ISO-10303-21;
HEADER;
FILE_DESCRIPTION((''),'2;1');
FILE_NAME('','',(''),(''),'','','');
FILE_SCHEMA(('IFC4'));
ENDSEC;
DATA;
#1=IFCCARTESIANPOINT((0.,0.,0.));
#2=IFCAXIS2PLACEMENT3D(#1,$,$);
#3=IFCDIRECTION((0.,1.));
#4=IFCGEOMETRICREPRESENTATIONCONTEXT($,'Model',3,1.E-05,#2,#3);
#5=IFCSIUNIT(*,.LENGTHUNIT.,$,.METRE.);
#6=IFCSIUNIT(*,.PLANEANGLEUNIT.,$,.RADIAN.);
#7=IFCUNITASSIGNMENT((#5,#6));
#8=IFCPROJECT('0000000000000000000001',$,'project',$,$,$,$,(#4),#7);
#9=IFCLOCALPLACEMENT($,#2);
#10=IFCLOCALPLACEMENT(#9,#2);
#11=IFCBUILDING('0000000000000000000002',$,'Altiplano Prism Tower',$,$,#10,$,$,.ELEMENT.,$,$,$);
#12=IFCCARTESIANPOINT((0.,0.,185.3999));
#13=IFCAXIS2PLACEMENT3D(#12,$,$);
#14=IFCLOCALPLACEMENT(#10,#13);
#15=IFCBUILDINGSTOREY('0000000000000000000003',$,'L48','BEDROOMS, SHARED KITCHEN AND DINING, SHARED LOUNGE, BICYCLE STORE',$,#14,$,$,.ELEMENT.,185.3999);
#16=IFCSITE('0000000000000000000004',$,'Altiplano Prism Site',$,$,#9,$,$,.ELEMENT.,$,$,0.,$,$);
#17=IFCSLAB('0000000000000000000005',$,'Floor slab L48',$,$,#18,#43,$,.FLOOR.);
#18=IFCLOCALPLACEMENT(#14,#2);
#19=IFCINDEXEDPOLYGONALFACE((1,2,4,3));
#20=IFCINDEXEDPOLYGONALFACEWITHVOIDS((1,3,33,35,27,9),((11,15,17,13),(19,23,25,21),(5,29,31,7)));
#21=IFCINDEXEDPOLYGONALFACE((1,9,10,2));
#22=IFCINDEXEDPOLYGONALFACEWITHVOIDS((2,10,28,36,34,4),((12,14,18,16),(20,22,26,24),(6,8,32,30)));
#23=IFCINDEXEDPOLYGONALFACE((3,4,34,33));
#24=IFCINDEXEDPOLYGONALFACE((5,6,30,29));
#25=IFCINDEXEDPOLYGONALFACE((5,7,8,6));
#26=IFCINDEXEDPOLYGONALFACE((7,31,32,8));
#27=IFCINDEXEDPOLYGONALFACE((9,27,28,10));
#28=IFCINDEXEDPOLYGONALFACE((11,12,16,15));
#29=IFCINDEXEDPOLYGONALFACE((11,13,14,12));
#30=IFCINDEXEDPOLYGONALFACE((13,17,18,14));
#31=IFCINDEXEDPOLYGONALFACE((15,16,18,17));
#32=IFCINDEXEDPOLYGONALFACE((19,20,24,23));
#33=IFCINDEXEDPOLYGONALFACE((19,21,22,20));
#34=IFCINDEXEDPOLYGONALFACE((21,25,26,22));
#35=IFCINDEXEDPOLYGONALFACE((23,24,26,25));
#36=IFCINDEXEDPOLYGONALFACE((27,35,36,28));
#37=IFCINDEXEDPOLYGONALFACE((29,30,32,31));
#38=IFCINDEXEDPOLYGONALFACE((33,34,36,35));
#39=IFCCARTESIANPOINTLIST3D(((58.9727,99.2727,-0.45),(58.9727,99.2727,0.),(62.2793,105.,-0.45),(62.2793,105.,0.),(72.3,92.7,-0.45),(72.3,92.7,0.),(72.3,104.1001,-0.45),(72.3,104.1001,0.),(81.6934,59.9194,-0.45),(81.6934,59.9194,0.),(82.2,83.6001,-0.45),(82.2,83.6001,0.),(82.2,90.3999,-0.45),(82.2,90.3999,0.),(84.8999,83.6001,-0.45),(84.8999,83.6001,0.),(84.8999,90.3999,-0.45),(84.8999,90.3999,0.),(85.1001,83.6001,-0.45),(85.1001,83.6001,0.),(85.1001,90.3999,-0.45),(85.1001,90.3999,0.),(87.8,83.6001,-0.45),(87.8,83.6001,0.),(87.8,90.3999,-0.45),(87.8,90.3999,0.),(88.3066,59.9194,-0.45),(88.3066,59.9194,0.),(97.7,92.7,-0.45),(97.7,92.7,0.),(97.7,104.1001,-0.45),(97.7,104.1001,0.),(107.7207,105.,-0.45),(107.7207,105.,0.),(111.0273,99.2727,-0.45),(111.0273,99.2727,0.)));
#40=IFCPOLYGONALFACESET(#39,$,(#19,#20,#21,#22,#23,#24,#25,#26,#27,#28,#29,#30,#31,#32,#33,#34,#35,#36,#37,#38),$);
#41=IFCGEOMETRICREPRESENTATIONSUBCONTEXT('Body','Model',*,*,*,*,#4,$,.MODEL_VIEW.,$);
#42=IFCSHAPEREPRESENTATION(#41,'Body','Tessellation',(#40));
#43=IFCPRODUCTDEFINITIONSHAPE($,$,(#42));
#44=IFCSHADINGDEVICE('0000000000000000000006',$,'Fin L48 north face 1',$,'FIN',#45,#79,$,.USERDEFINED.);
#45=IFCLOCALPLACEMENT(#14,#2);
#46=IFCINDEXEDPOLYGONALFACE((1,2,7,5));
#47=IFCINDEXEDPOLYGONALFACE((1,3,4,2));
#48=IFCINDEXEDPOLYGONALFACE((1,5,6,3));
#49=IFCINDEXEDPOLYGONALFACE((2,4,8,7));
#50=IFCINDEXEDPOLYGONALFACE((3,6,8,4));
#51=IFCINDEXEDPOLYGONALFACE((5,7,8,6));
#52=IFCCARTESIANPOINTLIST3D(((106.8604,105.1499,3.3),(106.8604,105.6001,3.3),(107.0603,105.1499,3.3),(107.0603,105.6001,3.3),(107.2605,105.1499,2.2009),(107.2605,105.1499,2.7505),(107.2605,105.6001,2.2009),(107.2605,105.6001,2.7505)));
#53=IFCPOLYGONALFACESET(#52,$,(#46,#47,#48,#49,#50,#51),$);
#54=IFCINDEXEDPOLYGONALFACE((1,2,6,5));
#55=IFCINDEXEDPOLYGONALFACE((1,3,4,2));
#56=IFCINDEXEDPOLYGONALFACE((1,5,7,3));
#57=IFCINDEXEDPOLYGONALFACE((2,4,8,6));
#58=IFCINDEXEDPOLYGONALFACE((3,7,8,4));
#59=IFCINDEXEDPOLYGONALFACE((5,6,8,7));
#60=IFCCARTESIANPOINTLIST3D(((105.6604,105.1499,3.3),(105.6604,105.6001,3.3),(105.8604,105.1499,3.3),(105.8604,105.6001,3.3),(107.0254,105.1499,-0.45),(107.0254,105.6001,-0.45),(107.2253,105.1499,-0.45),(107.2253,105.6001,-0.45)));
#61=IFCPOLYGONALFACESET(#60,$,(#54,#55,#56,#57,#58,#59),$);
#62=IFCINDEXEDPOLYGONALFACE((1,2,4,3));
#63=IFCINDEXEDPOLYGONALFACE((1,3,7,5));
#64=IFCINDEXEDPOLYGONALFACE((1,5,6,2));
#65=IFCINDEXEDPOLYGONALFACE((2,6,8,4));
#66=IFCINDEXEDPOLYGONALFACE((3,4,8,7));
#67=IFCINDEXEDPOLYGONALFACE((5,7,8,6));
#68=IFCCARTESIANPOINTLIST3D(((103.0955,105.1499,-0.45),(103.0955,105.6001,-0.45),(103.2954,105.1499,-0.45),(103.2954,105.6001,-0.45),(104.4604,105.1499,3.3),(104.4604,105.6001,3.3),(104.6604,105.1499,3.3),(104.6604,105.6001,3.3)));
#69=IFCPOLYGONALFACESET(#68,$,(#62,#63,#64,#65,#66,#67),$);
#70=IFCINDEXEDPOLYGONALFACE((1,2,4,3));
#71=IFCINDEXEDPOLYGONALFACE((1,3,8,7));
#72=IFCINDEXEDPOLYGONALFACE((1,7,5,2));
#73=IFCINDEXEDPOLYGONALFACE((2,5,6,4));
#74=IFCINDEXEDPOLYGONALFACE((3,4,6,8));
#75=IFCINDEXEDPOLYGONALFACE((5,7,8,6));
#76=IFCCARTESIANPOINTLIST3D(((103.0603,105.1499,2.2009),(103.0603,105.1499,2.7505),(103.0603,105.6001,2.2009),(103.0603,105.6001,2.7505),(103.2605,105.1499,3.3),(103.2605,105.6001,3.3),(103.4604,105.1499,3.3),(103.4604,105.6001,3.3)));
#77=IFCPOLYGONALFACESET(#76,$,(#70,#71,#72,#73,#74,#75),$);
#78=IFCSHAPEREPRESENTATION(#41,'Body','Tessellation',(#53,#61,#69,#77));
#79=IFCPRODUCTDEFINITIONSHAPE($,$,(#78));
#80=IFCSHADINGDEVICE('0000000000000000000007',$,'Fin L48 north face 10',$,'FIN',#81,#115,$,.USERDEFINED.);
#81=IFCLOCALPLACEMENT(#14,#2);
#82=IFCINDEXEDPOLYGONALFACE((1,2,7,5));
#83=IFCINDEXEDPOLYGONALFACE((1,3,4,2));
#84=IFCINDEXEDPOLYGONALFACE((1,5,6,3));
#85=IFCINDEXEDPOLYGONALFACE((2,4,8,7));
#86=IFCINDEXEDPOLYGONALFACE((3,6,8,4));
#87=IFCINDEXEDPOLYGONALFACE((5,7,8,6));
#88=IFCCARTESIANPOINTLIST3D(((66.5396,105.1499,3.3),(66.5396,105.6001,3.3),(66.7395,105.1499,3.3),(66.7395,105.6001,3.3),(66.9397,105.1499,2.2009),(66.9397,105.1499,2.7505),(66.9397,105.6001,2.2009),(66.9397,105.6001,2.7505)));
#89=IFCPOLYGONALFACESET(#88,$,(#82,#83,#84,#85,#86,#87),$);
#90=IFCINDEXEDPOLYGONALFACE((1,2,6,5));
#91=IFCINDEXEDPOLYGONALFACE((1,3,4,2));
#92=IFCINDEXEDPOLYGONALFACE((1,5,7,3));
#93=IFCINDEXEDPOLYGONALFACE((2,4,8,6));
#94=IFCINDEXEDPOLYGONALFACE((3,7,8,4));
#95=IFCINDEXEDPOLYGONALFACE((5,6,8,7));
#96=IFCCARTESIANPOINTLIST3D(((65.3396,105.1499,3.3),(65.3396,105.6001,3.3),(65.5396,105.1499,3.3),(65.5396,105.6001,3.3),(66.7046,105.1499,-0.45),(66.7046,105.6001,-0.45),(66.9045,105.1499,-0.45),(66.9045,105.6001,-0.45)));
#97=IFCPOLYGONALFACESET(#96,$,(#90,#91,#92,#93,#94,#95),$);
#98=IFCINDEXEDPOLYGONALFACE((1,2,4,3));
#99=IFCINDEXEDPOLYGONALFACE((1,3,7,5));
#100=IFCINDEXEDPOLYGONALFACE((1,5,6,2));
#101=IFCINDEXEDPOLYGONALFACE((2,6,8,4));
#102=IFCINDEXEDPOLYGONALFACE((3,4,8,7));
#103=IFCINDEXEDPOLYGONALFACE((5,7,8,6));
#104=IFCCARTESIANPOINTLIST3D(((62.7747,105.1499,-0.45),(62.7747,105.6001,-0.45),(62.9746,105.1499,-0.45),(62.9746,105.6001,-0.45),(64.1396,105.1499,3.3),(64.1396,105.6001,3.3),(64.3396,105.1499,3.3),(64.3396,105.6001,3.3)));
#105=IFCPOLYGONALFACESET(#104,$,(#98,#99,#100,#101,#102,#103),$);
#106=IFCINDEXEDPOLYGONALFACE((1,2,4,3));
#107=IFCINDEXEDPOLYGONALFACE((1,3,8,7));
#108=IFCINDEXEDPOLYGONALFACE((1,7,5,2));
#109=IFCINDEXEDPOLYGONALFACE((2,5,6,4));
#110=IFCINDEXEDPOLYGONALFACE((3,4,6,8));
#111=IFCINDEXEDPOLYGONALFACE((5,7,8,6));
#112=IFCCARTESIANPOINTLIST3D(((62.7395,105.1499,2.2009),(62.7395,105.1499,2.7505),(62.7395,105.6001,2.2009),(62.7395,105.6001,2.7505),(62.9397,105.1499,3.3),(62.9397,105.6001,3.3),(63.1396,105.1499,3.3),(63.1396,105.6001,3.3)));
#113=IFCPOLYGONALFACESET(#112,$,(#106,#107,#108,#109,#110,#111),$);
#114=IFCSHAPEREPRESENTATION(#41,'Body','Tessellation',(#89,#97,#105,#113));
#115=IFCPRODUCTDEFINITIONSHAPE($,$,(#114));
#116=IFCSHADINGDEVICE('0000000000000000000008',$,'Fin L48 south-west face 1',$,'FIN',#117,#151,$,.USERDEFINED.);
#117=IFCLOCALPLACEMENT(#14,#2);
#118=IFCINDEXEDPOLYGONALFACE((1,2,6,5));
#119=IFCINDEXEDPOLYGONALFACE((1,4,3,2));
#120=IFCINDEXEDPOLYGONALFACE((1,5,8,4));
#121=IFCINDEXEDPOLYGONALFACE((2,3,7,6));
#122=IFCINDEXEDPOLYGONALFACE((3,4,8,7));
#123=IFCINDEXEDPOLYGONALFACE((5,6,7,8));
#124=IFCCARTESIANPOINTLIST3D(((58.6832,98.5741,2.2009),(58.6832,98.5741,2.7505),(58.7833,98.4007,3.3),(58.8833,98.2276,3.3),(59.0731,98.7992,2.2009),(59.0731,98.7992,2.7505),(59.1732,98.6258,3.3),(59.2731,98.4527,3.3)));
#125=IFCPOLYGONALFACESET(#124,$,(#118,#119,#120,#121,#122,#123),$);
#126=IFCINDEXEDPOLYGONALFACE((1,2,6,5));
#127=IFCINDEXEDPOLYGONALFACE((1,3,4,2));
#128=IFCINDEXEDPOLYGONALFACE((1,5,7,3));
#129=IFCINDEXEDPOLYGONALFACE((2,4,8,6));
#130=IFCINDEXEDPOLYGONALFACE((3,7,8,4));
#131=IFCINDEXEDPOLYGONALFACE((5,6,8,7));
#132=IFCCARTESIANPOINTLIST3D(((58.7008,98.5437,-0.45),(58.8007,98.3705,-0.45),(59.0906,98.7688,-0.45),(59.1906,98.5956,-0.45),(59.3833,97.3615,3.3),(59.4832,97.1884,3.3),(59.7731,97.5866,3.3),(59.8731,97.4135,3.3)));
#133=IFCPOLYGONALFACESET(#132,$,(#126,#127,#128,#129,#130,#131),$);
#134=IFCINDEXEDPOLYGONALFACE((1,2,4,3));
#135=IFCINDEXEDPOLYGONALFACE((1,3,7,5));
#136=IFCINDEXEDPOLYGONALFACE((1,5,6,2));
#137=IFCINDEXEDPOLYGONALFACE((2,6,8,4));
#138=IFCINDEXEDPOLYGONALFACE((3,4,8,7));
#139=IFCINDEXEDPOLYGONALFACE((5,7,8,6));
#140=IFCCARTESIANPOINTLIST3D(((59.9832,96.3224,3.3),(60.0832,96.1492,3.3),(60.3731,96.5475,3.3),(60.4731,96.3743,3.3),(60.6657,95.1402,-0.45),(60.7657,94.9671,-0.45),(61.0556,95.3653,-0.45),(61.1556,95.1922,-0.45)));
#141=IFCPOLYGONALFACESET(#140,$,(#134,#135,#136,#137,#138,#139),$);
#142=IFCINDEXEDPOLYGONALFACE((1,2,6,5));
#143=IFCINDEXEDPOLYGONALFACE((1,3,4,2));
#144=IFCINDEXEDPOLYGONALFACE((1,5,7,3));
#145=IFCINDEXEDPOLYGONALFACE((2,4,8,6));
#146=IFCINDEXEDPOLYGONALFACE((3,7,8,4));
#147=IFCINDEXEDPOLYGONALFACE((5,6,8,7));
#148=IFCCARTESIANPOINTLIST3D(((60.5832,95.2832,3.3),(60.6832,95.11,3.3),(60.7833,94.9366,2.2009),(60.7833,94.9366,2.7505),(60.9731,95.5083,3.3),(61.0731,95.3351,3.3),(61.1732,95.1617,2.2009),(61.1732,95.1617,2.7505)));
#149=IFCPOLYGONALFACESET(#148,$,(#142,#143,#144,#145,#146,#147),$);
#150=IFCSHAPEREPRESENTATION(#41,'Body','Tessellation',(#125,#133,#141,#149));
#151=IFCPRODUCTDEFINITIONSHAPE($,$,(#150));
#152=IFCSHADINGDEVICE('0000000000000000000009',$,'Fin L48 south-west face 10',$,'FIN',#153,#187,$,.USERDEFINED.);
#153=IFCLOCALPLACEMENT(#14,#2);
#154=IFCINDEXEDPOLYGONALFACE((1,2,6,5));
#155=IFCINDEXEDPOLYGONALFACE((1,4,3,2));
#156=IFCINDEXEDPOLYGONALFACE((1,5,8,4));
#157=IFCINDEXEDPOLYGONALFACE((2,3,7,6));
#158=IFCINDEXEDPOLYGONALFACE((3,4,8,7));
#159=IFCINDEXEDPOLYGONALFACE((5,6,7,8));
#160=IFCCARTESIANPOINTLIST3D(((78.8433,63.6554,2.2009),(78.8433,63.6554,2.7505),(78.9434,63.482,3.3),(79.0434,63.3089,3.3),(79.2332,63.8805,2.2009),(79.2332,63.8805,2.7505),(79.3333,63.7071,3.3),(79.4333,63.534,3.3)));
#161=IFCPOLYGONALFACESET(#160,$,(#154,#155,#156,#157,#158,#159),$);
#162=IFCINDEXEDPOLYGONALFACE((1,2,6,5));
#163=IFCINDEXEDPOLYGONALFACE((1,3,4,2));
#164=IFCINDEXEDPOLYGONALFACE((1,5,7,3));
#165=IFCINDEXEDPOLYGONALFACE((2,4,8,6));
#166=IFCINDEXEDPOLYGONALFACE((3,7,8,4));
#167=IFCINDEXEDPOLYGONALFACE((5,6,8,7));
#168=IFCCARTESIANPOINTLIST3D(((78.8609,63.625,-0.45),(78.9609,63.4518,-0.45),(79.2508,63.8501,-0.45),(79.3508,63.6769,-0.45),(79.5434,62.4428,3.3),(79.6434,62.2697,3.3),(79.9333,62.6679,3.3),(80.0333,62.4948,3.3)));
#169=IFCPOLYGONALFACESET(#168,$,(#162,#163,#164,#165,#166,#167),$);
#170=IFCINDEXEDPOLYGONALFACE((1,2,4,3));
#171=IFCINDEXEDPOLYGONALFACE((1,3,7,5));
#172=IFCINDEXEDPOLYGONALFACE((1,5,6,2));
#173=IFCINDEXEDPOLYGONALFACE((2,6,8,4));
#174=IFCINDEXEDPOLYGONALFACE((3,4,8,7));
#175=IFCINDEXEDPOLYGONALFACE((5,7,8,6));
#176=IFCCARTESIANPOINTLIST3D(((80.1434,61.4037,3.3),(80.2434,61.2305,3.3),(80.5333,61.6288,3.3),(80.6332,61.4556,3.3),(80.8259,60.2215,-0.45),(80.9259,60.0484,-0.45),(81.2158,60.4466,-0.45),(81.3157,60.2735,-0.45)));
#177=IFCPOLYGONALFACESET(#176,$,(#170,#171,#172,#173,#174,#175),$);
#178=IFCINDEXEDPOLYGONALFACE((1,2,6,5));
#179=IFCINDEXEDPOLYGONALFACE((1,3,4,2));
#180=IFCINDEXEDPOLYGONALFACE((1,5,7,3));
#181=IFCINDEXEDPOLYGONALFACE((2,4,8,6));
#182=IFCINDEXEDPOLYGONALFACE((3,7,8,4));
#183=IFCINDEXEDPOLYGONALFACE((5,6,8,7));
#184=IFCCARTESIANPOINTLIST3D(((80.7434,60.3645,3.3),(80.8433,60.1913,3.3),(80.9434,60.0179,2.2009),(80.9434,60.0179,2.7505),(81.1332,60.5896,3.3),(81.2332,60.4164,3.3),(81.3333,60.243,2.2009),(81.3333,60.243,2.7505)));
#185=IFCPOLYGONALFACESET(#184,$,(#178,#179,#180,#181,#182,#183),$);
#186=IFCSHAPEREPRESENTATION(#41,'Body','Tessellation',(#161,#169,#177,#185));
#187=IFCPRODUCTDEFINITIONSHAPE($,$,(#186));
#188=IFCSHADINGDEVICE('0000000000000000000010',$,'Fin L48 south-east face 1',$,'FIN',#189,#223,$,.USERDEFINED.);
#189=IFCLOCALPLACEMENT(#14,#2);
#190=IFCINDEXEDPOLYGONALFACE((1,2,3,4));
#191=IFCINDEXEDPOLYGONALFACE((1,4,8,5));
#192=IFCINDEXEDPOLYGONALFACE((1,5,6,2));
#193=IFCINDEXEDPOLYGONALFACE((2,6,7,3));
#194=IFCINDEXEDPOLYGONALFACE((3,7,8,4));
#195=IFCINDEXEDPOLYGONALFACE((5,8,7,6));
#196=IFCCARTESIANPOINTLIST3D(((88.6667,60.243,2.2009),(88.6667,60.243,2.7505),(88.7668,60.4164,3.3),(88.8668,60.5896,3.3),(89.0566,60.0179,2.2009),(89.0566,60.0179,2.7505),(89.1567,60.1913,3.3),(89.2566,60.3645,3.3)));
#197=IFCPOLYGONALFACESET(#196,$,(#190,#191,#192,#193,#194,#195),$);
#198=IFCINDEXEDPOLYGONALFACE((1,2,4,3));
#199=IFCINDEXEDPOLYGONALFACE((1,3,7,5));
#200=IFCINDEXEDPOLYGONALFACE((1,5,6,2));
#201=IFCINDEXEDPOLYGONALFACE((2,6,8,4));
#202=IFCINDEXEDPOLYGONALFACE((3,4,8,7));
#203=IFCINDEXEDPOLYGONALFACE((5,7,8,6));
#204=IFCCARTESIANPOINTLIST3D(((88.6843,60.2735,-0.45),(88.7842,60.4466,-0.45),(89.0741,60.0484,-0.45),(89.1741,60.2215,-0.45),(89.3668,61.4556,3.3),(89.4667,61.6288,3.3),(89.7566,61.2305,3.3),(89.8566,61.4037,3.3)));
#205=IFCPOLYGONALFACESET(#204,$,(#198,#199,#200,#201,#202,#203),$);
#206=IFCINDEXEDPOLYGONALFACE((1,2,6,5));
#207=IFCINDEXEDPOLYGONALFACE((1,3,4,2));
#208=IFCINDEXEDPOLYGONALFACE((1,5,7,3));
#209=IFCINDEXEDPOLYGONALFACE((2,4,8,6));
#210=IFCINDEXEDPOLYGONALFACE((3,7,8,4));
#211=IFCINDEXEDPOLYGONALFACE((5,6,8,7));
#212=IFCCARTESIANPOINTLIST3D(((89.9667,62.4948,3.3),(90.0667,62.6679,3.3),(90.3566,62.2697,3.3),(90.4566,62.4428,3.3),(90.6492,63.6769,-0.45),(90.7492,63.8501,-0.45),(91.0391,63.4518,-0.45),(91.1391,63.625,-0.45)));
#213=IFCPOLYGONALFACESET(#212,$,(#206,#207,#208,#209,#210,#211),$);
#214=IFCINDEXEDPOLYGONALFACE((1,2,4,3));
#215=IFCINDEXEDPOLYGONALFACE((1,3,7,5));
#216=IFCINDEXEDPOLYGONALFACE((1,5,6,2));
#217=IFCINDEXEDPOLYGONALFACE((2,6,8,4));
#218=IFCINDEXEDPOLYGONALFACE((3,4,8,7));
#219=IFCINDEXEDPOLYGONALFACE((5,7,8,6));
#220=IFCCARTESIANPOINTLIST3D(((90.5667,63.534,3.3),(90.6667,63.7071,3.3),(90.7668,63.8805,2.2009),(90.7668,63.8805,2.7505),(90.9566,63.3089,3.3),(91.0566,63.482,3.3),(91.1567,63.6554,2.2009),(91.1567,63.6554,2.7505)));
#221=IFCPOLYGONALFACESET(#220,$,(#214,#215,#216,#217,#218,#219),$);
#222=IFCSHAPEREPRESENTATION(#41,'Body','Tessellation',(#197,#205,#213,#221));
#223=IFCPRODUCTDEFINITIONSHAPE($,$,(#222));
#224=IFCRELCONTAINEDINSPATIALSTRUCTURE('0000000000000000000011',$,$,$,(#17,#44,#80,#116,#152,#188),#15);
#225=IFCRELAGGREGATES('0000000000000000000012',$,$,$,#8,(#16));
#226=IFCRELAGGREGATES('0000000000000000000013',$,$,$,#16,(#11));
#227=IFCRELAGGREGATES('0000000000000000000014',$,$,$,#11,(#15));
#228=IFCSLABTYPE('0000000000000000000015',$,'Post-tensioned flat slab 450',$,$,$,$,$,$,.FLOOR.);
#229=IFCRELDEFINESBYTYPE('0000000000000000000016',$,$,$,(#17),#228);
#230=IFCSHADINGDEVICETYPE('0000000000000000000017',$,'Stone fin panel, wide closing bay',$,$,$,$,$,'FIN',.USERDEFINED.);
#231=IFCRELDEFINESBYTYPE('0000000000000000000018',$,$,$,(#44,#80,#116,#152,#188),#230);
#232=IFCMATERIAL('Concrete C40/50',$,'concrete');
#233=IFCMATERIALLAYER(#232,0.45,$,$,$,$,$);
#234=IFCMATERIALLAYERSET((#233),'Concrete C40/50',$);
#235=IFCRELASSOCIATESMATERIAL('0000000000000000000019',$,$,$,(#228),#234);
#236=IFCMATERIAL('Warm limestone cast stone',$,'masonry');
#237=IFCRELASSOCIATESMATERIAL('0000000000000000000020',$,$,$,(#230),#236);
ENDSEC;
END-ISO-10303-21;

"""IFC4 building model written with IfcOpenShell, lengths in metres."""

from ifc_helpers import new_model, si_unit, direction, frame, origin, place, context, subcontext, project, spatial, polyline, outline, extrude, source, transform, mapped, material, layer, layer_set, type_object, element, save


model = new_model("IFC4")

# Units and contexts
model_context = context("Model", 3, precision=1e-05, world=origin(), true_north=direction((0.0, 1.0)))
body_context = subcontext(model_context, "Body", "Model", "MODEL_VIEW")
ifc_project = project(units=[si_unit("LENGTHUNIT", "METRE"), si_unit("PLANEANGLEUNIT", "RADIAN")], contexts=[model_context])

# Site, building, storey
site_placement = place(None, origin())
site = spatial("IfcSite", under=ifc_project, at=site_placement, Name="Altiplano Prism Site", CompositionType="ELEMENT", RefElevation=0.0)
building_placement = place(site_placement, origin())
building = spatial("IfcBuilding", under=site, at=building_placement, Name="Altiplano Prism Tower", CompositionType="ELEMENT")
storey_placement = place(building_placement, frame((0.0, 0.0, 185.3999)))
storey = spatial("IfcBuildingStorey", under=building, at=storey_placement, Name="L48", Description="BEDROOMS, SHARED KITCHEN AND DINING, SHARED LOUNGE, BICYCLE STORE", CompositionType="ELEMENT", Elevation=185.3999)

# Slab
ifc_material_1 = material(Name="Concrete C40/50", Category="concrete")
ifc_layer = layer(ifc_material_1, 0.45)
ifc_layer_set = layer_set([ifc_layer], Name="Concrete C40/50")
slab_type = type_object("IfcSlabType", Name="Post-tensioned flat slab 450", PredefinedType="FLOOR", material=ifc_layer_set)
slab_placement = place(storey_placement, frame((0.0, 0.0, -0.45)))
element("IfcSlab", 1, at=slab_placement, inside=storey, type_object=slab_type, Name="Floor slab L48", PredefinedType="FLOOR", context=body_context, shape_type="SweptSolid", body=[
    extrude(outline(polyline([(81.6934, 59.9194), (58.9727, 99.2727), (62.2793, 105.0), (107.7207, 105.0), (111.0273, 99.2727), (88.3066, 59.9194), (81.6934, 59.9194)]), holes=[polyline([(72.3, 104.1001), (72.3, 92.7), (97.7, 92.7), (97.7, 104.1001), (72.3, 104.1001)]), polyline([(84.8999, 90.3999), (82.2, 90.3999), (82.2, 83.6001), (84.8999, 83.6001), (84.8999, 90.3999)]), polyline([(87.8, 83.6001), (87.8, 90.3999), (85.1001, 90.3999), (85.1001, 83.6001), (87.8, 83.6001)])]), origin(), (0.0, 0.0, 1.0), 0.45),
])

# Shading devices
ifc_material_2 = material(Name="Warm limestone cast stone", Category="masonry")
shading_device_type_1 = type_object("IfcShadingDeviceType", Name="Stone fin panel, wide closing bay", ElementType="FIN", PredefinedType="USERDEFINED", material=ifc_material_2)
shared_shape_1 = source(origin(), body_context, "Body", "SweptSolid", [
    extrude(outline(polyline([(-2.1001, 2.6509), (-1.7, 3.75), (-1.8999, 3.75), (-2.1001, 3.2004), (-2.1001, 2.6509)])), frame((0.0, -0.1499, 0.0), z_axis=(0.0, -1.0, 0.0), x_axis=(1.0, 0.0, 0.0)), (0.0, 0.0, 1.0), 0.4502),
    extrude(outline(polyline([(-2.0649, 0.0), (-1.865, 0.0), (-0.5, 3.75), (-0.7, 3.75), (-2.0649, 0.0)])), frame((0.0, -0.1499, 0.0), z_axis=(0.0, -1.0, 0.0), x_axis=(1.0, 0.0, 0.0)), (0.0, 0.0, 1.0), 0.4502),
    extrude(outline(polyline([(1.865, 0.0), (2.0649, 0.0), (0.7, 3.75), (0.5, 3.75), (1.865, 0.0)])), frame((0.0, -0.1499, 0.0), z_axis=(0.0, -1.0, 0.0), x_axis=(1.0, 0.0, 0.0)), (0.0, 0.0, 1.0), 0.4502),
    extrude(outline(polyline([(2.1001, 3.2004), (1.8999, 3.75), (1.7, 3.75), (2.1001, 2.6509), (2.1001, 3.2004)])), frame((0.0, -0.1499, 0.0), z_axis=(0.0, -1.0, 0.0), x_axis=(1.0, 0.0, 0.0)), (0.0, 0.0, 1.0), 0.4502),
])
shading_device_1_placement = place(storey_placement, origin())
element("IfcShadingDevice", 2, at=shading_device_1_placement, inside=storey, type_object=shading_device_type_1, Name="Fin L48 north face 1", ObjectType="FIN", PredefinedType="USERDEFINED", context=body_context, shape_type="MappedRepresentation", body=[
    mapped(shared_shape_1, transform((105.1604, 105.0, -0.45), x_axis=(-1.0, 0.0, 0.0), y_axis=(0.0, -1.0, 0.0), z_axis=(0.0, 0.0, 1.0))),
])
shading_device_2_placement = place(storey_placement, origin())
element("IfcShadingDevice", 3, at=shading_device_2_placement, inside=storey, type_object=shading_device_type_1, Name="Fin L48 north face 10", ObjectType="FIN", PredefinedType="USERDEFINED", context=body_context, shape_type="MappedRepresentation", body=[
    mapped(shared_shape_1, transform((64.8396, 105.0, -0.45), x_axis=(-1.0, 0.0, 0.0), y_axis=(0.0, -1.0, 0.0), z_axis=(0.0, 0.0, 1.0))),
])
shading_device_3_placement = place(storey_placement, origin())
element("IfcShadingDevice", 4, at=shading_device_3_placement, inside=storey, type_object=shading_device_type_1, Name="Fin L48 south-west face 1", ObjectType="FIN", PredefinedType="USERDEFINED", context=body_context, shape_type="MappedRepresentation", body=[
    mapped(shared_shape_1, transform((60.2529, 97.0554, -0.45), x_axis=(0.5, -0.866025, 0.0), y_axis=(0.866025, 0.5, 0.0), z_axis=(0.0, 0.0, 1.0))),
])
shading_device_4_placement = place(storey_placement, origin())
element("IfcShadingDevice", 5, at=shading_device_4_placement, inside=storey, type_object=shading_device_type_1, Name="Fin L48 south-west face 10", ObjectType="FIN", PredefinedType="USERDEFINED", context=body_context, shape_type="MappedRepresentation", body=[
    mapped(shared_shape_1, transform((80.4131, 62.1367, -0.45), x_axis=(0.5, -0.866025, 0.0), y_axis=(0.866025, 0.5, 0.0), z_axis=(0.0, 0.0, 1.0))),
])
shading_device_5_placement = place(storey_placement, origin())
element("IfcShadingDevice", 6, at=shading_device_5_placement, inside=storey, type_object=shading_device_type_1, Name="Fin L48 south-east face 1", ObjectType="FIN", PredefinedType="USERDEFINED", context=body_context, shape_type="MappedRepresentation", body=[
    mapped(shared_shape_1, transform((89.5869, 62.1367, -0.45), x_axis=(0.5, 0.866025, 0.0), y_axis=(-0.866025, 0.5, 0.0), z_axis=(0.0, 0.0, 1.0))),
])

save(model, "model.ifc")
